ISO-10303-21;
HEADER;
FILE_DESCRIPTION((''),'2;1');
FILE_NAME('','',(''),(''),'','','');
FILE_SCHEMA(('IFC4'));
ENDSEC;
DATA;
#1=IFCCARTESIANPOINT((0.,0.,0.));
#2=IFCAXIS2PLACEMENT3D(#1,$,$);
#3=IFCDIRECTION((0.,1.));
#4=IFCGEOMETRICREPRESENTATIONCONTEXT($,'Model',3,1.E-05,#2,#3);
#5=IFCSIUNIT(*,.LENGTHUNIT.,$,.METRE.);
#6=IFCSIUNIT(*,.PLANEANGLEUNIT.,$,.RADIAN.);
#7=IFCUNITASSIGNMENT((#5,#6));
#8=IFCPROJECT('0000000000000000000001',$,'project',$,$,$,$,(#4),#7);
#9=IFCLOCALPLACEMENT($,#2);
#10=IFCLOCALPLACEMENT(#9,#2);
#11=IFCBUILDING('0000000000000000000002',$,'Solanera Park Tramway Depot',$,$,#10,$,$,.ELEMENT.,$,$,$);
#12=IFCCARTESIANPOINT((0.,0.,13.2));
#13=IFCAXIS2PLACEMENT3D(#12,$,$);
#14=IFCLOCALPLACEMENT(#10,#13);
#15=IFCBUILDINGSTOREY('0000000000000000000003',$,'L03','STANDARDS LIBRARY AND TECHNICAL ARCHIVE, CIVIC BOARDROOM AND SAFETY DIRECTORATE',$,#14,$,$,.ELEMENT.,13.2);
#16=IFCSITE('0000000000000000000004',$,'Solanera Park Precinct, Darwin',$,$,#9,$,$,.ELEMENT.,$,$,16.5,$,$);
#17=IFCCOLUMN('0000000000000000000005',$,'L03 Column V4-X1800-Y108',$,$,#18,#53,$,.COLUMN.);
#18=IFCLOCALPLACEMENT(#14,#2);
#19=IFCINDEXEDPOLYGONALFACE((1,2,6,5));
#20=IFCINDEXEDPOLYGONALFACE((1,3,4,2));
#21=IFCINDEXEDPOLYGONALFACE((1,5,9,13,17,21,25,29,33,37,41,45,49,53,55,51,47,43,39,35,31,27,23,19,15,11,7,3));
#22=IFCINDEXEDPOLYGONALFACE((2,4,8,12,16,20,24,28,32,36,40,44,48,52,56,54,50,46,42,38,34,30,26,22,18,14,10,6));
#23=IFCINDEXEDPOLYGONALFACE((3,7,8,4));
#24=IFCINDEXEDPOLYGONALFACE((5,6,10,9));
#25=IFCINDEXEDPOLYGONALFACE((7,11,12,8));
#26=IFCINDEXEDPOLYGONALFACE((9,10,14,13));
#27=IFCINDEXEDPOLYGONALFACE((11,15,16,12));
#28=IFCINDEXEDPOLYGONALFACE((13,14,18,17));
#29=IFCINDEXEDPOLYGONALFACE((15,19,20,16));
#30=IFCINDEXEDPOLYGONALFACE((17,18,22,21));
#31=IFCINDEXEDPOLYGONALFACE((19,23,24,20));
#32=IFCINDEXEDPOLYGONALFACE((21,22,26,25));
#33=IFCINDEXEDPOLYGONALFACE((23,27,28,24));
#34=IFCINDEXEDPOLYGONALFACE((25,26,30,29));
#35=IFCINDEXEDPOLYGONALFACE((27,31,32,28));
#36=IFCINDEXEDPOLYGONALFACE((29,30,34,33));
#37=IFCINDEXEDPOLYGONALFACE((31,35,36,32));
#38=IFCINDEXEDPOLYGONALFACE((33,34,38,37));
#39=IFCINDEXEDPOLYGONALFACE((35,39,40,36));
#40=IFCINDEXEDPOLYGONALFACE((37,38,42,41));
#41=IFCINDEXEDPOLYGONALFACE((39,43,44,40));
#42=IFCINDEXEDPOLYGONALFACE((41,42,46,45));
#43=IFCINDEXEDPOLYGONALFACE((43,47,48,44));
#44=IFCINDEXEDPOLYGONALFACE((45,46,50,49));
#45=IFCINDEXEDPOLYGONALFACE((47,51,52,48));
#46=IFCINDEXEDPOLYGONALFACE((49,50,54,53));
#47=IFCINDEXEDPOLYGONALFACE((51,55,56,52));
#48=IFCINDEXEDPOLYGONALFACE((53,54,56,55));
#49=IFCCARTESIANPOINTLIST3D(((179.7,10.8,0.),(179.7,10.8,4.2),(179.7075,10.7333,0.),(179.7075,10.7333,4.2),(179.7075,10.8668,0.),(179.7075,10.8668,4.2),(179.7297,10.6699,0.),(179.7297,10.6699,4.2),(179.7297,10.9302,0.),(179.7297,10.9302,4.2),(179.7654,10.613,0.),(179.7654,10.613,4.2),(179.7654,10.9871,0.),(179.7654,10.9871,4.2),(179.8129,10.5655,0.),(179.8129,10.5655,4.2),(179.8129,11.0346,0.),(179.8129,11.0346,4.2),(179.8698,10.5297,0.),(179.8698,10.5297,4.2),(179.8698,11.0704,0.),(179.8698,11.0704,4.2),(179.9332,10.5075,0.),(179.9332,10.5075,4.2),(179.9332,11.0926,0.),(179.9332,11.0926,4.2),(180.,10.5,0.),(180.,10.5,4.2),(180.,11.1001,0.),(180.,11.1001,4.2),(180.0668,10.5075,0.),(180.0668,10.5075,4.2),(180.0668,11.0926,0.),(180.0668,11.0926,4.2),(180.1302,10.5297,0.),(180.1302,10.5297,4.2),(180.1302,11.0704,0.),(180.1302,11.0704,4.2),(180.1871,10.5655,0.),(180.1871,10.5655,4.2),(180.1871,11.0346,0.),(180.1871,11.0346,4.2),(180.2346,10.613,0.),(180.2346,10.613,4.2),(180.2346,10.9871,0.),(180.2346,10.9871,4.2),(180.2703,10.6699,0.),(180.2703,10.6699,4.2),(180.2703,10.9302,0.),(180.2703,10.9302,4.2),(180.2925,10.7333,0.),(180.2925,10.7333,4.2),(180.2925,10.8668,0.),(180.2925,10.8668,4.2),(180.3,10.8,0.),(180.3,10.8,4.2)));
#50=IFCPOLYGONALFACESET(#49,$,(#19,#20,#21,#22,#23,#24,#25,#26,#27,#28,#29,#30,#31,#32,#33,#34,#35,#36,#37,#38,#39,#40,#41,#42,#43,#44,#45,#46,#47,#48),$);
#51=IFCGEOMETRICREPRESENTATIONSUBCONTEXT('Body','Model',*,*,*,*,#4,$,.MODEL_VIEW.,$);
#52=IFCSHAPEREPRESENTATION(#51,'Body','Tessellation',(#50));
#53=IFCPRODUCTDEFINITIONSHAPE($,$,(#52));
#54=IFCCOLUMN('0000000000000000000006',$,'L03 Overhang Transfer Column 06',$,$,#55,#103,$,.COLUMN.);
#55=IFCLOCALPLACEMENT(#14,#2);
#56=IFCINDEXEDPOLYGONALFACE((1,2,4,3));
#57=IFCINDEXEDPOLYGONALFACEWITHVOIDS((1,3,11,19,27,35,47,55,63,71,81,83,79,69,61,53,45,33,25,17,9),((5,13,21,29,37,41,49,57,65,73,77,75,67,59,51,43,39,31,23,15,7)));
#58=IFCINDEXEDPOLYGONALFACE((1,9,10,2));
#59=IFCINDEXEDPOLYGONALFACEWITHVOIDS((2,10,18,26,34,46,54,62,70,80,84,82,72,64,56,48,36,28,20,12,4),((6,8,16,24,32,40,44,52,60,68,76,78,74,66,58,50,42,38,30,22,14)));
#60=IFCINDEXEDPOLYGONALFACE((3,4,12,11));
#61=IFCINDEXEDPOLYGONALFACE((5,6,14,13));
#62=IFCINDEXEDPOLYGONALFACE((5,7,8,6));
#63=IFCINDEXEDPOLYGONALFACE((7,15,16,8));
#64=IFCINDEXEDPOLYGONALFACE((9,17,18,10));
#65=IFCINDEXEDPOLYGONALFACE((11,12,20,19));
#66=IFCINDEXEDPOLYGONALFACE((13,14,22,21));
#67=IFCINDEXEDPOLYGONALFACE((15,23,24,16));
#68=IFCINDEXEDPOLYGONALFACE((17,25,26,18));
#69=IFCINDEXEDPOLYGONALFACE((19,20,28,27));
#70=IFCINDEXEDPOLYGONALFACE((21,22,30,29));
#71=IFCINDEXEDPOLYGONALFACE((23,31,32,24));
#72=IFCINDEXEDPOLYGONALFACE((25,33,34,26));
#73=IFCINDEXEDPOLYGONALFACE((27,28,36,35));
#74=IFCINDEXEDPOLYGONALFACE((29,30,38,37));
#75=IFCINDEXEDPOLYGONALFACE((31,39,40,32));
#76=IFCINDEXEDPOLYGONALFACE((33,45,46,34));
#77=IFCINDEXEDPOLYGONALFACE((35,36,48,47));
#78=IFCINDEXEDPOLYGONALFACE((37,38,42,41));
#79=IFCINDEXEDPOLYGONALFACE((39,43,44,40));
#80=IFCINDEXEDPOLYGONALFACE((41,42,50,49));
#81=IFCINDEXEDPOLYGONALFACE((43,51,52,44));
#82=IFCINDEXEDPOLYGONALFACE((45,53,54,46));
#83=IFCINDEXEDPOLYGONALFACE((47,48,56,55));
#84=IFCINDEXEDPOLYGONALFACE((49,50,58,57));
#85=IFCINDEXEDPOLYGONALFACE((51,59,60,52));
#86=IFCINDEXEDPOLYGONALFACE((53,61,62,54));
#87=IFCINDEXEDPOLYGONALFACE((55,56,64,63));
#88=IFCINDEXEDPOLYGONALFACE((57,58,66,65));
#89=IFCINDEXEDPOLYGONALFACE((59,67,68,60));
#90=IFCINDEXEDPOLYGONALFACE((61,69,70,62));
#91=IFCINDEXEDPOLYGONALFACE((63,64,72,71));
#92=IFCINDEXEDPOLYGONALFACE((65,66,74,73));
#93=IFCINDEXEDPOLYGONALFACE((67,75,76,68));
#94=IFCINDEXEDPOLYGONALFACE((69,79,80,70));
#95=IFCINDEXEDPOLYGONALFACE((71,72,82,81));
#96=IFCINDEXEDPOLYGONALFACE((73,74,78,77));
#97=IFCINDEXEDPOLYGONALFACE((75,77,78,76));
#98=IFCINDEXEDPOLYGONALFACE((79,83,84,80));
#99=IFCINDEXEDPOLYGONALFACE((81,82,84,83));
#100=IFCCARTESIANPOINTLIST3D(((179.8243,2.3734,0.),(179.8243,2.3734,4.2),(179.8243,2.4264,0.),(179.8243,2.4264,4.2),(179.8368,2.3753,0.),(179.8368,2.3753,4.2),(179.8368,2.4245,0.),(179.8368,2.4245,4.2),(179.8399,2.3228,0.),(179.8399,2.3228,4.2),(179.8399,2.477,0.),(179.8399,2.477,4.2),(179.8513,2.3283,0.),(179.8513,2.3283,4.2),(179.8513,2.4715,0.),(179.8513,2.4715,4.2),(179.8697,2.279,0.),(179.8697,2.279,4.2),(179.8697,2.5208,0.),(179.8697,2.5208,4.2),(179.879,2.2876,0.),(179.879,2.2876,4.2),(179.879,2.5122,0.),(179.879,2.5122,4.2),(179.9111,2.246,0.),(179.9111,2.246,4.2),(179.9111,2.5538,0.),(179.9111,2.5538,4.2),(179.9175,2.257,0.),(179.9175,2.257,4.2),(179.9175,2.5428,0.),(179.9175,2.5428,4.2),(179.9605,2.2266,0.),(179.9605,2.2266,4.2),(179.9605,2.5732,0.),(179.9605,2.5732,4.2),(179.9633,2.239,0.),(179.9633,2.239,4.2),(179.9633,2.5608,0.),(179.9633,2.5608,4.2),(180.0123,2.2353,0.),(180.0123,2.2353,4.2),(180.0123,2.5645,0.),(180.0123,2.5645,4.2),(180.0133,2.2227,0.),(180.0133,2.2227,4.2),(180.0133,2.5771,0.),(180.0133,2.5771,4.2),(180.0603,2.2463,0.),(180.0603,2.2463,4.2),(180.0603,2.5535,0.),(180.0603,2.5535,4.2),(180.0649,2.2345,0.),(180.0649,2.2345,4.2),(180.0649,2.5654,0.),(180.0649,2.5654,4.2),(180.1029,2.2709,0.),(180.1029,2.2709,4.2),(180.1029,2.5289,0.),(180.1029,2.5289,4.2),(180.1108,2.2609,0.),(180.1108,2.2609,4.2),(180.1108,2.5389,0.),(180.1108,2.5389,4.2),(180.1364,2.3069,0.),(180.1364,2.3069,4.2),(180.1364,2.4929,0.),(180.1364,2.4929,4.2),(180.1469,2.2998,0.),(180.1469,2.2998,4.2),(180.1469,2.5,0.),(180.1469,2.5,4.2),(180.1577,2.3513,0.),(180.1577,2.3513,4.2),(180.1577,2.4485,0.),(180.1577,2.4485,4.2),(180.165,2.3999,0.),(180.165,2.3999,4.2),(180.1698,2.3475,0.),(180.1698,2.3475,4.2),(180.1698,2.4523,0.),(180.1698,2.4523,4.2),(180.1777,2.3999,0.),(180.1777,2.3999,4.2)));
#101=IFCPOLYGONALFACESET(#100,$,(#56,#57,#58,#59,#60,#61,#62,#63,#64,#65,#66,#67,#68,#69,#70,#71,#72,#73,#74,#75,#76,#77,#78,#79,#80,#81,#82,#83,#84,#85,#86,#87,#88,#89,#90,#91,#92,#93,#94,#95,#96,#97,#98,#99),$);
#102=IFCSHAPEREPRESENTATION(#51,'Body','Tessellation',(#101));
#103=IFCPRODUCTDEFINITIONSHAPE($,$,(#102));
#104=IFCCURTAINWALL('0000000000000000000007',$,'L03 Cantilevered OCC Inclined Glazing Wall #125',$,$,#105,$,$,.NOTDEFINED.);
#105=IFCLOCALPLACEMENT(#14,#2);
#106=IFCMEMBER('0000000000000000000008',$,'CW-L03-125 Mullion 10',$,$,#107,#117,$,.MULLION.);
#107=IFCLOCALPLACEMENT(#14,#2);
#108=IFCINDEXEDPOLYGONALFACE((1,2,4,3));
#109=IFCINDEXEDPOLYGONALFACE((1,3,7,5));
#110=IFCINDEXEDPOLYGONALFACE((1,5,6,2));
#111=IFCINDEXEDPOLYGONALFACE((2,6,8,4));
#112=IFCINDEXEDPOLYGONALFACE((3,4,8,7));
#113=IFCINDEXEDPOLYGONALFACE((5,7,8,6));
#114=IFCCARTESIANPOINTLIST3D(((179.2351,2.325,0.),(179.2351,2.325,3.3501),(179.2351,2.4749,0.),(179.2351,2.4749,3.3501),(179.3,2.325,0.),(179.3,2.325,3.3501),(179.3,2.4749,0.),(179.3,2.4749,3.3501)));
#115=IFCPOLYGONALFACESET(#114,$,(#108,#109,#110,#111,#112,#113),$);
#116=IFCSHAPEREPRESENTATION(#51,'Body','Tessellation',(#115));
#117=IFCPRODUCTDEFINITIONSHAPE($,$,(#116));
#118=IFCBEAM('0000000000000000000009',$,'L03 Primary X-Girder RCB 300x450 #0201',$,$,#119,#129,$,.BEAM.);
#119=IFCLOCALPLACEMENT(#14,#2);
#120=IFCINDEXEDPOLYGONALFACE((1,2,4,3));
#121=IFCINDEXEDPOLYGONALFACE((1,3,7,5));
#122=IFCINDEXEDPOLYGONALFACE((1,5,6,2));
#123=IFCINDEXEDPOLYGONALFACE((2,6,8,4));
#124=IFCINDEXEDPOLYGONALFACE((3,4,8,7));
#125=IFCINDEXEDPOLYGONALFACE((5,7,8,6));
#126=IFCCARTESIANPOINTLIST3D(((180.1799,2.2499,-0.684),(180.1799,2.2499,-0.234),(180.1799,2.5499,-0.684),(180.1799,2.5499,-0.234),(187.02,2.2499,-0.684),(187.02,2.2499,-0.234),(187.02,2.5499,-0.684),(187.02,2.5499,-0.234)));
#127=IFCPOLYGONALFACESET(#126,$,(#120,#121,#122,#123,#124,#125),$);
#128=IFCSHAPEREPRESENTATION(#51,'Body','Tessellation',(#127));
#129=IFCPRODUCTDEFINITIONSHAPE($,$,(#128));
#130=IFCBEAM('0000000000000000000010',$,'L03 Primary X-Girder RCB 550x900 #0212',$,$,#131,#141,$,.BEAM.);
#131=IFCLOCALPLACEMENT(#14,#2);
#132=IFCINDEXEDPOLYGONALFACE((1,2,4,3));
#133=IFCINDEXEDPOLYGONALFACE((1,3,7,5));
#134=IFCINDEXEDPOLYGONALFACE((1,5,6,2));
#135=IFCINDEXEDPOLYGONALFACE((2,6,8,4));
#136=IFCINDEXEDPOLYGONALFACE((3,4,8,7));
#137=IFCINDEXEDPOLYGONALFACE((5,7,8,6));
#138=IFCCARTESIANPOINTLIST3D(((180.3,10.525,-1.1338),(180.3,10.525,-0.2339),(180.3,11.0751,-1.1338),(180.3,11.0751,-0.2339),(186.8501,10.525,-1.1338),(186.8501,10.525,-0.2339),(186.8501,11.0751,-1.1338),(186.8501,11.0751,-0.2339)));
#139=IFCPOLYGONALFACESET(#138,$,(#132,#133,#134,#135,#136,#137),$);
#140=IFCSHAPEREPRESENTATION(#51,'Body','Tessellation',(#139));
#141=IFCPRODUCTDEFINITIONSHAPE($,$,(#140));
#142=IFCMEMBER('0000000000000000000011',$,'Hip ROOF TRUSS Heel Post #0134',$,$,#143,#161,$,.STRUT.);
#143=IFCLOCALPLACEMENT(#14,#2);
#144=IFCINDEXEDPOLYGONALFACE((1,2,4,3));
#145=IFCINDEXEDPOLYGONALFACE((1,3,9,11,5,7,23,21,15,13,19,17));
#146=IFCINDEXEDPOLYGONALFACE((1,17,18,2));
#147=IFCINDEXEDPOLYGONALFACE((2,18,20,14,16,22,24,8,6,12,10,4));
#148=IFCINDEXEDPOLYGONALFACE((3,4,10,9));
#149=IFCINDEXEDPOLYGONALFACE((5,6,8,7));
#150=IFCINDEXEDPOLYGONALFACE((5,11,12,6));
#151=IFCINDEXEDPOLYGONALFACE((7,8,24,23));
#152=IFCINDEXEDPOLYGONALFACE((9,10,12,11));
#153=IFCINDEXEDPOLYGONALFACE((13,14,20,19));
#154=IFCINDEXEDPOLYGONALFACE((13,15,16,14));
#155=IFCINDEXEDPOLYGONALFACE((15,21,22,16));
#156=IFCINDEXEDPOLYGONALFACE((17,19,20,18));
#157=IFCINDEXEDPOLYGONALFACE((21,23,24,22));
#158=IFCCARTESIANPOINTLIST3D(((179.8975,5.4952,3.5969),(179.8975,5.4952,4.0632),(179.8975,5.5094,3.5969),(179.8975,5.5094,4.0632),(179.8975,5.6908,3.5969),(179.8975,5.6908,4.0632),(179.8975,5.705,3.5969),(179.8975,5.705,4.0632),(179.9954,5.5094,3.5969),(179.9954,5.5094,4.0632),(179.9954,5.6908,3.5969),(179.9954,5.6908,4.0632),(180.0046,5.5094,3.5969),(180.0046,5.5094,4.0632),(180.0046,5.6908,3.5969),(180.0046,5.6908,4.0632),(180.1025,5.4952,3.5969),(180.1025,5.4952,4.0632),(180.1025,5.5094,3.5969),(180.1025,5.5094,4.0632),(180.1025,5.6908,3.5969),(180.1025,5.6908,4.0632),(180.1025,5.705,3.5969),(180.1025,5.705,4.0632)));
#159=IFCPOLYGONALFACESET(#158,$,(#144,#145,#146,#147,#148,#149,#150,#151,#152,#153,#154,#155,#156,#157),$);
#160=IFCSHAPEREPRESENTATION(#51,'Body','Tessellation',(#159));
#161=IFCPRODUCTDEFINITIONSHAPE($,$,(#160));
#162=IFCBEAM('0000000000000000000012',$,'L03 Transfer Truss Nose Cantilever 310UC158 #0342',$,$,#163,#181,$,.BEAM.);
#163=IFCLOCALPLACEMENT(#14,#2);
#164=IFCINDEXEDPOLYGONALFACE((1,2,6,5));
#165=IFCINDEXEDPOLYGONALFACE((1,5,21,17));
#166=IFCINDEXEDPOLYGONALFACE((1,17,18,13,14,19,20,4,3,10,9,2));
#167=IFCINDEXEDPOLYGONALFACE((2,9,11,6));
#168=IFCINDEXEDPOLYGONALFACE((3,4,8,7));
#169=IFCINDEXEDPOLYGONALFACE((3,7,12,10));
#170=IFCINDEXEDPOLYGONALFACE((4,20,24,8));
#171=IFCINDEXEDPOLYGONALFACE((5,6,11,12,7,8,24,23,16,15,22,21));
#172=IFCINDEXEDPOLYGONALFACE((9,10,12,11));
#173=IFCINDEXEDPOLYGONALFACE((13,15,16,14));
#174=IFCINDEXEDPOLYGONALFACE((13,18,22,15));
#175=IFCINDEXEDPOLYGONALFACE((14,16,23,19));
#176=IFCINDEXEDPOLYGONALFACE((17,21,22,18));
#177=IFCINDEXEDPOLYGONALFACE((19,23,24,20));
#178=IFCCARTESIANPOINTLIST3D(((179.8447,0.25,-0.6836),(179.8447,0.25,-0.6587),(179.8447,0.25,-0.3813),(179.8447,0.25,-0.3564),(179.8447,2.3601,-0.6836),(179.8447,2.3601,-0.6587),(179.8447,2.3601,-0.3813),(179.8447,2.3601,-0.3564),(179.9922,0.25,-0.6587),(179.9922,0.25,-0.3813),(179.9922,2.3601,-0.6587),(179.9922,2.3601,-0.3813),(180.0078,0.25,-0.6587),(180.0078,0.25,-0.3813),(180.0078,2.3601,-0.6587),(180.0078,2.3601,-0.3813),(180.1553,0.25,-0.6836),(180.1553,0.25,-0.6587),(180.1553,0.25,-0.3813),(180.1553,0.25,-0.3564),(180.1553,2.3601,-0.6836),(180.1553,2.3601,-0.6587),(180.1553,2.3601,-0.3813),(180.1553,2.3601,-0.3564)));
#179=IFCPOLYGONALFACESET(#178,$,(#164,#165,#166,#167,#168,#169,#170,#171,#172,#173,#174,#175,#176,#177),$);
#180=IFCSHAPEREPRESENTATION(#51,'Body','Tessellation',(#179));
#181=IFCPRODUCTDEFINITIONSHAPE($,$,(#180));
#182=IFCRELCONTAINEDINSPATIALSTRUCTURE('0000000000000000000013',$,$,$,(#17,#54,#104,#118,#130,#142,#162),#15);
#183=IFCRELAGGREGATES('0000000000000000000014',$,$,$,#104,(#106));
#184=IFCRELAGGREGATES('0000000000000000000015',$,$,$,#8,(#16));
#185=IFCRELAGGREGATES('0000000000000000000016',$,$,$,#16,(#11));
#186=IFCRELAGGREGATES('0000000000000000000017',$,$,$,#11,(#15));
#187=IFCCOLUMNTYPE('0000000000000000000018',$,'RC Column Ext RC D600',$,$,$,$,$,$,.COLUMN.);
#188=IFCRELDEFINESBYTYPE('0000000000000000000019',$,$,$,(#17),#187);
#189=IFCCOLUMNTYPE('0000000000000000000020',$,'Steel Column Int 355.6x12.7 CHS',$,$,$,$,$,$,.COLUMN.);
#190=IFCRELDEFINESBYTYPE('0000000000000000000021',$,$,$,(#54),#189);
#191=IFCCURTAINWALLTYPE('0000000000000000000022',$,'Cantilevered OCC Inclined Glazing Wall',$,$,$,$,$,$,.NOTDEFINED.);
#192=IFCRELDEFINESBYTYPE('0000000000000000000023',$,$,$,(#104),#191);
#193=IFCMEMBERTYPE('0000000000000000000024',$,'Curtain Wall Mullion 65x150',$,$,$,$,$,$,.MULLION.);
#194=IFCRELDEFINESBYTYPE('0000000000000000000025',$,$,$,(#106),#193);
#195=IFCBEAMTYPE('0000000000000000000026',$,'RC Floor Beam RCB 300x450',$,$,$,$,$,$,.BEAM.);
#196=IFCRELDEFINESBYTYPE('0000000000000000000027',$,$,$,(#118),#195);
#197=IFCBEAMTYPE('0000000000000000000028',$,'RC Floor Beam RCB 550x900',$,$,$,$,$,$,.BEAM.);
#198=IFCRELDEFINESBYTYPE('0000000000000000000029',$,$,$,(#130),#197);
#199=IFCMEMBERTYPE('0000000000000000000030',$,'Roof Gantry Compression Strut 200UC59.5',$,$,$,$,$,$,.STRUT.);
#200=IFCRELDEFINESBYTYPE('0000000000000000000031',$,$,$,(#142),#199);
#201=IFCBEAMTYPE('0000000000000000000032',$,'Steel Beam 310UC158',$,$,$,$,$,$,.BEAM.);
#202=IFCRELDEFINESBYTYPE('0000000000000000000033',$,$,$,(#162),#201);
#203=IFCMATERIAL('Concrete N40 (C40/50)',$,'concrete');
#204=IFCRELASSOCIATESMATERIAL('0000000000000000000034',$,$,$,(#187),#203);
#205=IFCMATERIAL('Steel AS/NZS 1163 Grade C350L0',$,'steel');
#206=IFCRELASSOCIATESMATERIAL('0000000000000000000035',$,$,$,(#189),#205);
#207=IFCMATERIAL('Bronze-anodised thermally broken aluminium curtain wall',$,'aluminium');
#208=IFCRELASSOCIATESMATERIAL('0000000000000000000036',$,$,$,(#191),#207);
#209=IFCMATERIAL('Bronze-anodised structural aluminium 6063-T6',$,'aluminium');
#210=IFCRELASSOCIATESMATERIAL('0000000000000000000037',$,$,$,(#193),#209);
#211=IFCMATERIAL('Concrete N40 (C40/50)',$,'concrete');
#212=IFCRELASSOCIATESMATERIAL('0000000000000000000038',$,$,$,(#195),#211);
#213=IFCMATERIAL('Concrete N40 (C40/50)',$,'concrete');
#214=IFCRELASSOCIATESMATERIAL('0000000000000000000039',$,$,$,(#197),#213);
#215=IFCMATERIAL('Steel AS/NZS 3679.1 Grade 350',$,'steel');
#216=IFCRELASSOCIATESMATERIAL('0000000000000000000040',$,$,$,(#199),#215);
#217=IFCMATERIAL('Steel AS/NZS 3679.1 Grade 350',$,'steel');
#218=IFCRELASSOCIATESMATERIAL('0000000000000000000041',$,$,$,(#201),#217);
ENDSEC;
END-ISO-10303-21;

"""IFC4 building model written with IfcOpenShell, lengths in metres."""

from ifc_helpers import new_model, si_unit, direction, frame, origin, origin_2d, place, context, subcontext, project, spatial, rectangle, circle, hollow_circle, i_section, extrude, material, material_profile, profile_set, type_object, element, aggregate, save


model = new_model("IFC4")

# Units and contexts
model_context = context("Model", 3, precision=1e-05, world=origin(), true_north=direction((0.0, 1.0)))
body_context = subcontext(model_context, "Body", "Model", "MODEL_VIEW")
ifc_project = project(units=[si_unit("LENGTHUNIT", "METRE"), si_unit("PLANEANGLEUNIT", "RADIAN")], contexts=[model_context])

# Site, building, storey
site_placement = place(None, origin())
site = spatial("IfcSite", under=ifc_project, at=site_placement, Name="Solanera Park Precinct, Darwin", CompositionType="ELEMENT", RefElevation=16.5)
building_placement = place(site_placement, origin())
building = spatial("IfcBuilding", under=site, at=building_placement, Name="Solanera Park Tramway Depot", CompositionType="ELEMENT")
storey_placement = place(building_placement, frame((0.0, 0.0, 13.2)))
storey = spatial("IfcBuildingStorey", under=building, at=storey_placement, Name="L03", Description="STANDARDS LIBRARY AND TECHNICAL ARCHIVE, CIVIC BOARDROOM AND SAFETY DIRECTORATE", CompositionType="ELEMENT", Elevation=13.2)

# Columns
ifc_material_1 = material(Name="Concrete N40 (C40/50)", Category="concrete")
ifc_material_profile_1 = material_profile(ifc_material_1, circle(Radius=0.3, at=origin_2d()), Name="RC D600")
ifc_profile_set_1 = profile_set([ifc_material_profile_1], Name="Concrete N40 (C40/50)")
column_type_1 = type_object("IfcColumnType", Name="RC Column Ext RC D600", PredefinedType="COLUMN", material=ifc_profile_set_1)
column_1_placement = place(storey_placement, frame((180.0, 10.8, 0.0), z_axis=(0.0, 0.0, 1.0), x_axis=(1.0, 0.0, 0.0)))
element("IfcColumn", 1, at=column_1_placement, inside=storey, type_object=column_type_1, Name="L03 Column V4-X1800-Y108", PredefinedType="COLUMN", context=body_context, shape_type="SweptSolid", body=[
    extrude(circle(Radius=0.3, at=origin_2d()), origin(), (0.0, 0.0, 1.0), 4.2),
])
ifc_material_2 = material(Name="Steel AS/NZS 1163 Grade C350L0", Category="steel")
ifc_material_profile_2 = material_profile(ifc_material_2, hollow_circle(Radius=0.1777, WallThickness=0.0127, at=origin_2d()), Name="355.6x12.7 CHS")
ifc_profile_set_2 = profile_set([ifc_material_profile_2], Name="Steel AS/NZS 1163 Grade C350L0")
column_type_2 = type_object("IfcColumnType", Name="Steel Column Int 355.6x12.7 CHS", PredefinedType="COLUMN", material=ifc_profile_set_2)
column_2_placement = place(storey_placement, frame((180.0, 2.3999, 0.0), z_axis=(0.0, 0.0, 1.0), x_axis=(1.0, 0.0, 0.0)))
element("IfcColumn", 2, at=column_2_placement, inside=storey, type_object=column_type_2, Name="L03 Overhang Transfer Column 06", PredefinedType="COLUMN", context=body_context, shape_type="SweptSolid", body=[
    extrude(hollow_circle(Radius=0.1777, WallThickness=0.0127, at=origin_2d()), origin(), (0.0, 0.0, 1.0), 4.2),
])

# Curtain wall, member
ifc_material_3 = material(Name="Bronze-anodised thermally broken aluminium curtain wall", Category="aluminium")
curtain_wall_type = type_object("IfcCurtainWallType", Name="Cantilevered OCC Inclined Glazing Wall", PredefinedType="NOTDEFINED", material=ifc_material_3)
curtain_wall_placement = place(storey_placement, origin())
curtain_wall = element("IfcCurtainWall", 3, at=curtain_wall_placement, inside=storey, type_object=curtain_wall_type, Name="L03 Cantilevered OCC Inclined Glazing Wall #125", PredefinedType="NOTDEFINED")
ifc_material_4 = material(Name="Bronze-anodised structural aluminium 6063-T6", Category="aluminium")
ifc_material_profile_3 = material_profile(ifc_material_4, rectangle(XDim=0.0649, YDim=0.1499, at=origin_2d()), Name="Curtain Wall Mullion 65x150")
ifc_profile_set_3 = profile_set([ifc_material_profile_3], Name="Bronze-anodised structural aluminium 6063-T6")
member_type_1 = type_object("IfcMemberType", Name="Curtain Wall Mullion 65x150", PredefinedType="MULLION", material=ifc_profile_set_3)
member_1_placement = place(storey_placement, frame((179.2676, 2.3999, 0.0), z_axis=(0.0, 0.0, 1.0), x_axis=(1.0, 0.0, 0.0)))
member_1 = element("IfcMember", 4, at=member_1_placement, type_object=member_type_1, Name="CW-L03-125 Mullion 10", PredefinedType="MULLION", context=body_context, shape_type="SweptSolid", body=[
    extrude(rectangle(XDim=0.0649, YDim=0.1499, at=origin_2d()), origin(), (0.0, 0.0, 1.0), 3.3501),
])
aggregate(curtain_wall, [member_1])

# Beams
ifc_material_5 = material(Name="Concrete N40 (C40/50)", Category="concrete")
ifc_material_profile_4 = material_profile(ifc_material_5, rectangle(XDim=0.3, YDim=0.45, at=origin_2d()), Name="RCB 300x450")
ifc_profile_set_4 = profile_set([ifc_material_profile_4], Name="Concrete N40 (C40/50)")
beam_type_1 = type_object("IfcBeamType", Name="RC Floor Beam RCB 300x450", PredefinedType="BEAM", material=ifc_profile_set_4)
beam_1_placement = place(storey_placement, frame((180.1799, 2.3999, -0.459), z_axis=(1.0, 0.0, 0.0), x_axis=(0.0, 1.0, 0.0)))
element("IfcBeam", 5, at=beam_1_placement, inside=storey, type_object=beam_type_1, Name="L03 Primary X-Girder RCB 300x450 #0201", PredefinedType="BEAM", context=body_context, shape_type="SweptSolid", body=[
    extrude(rectangle(XDim=0.3, YDim=0.45, at=origin_2d()), origin(), (0.0, 0.0, 1.0), 6.8401),
])
ifc_material_6 = material(Name="Concrete N40 (C40/50)", Category="concrete")
ifc_material_profile_5 = material_profile(ifc_material_6, rectangle(XDim=0.55, YDim=0.8999, at=origin_2d()), Name="RCB 550x900")
ifc_profile_set_5 = profile_set([ifc_material_profile_5], Name="Concrete N40 (C40/50)")
beam_type_2 = type_object("IfcBeamType", Name="RC Floor Beam RCB 550x900", PredefinedType="BEAM", material=ifc_profile_set_5)
beam_2_placement = place(storey_placement, frame((180.3, 10.8, -0.6838), z_axis=(1.0, 0.0, 0.0), x_axis=(0.0, 1.0, 0.0)))
element("IfcBeam", 6, at=beam_2_placement, inside=storey, type_object=beam_type_2, Name="L03 Primary X-Girder RCB 550x900 #0212", PredefinedType="BEAM", context=body_context, shape_type="SweptSolid", body=[
    extrude(rectangle(XDim=0.55, YDim=0.8999, at=origin_2d()), origin(), (0.0, 0.0, 1.0), 6.55),
])

# Member
ifc_material_7 = material(Name="Steel AS/NZS 3679.1 Grade 350", Category="steel")
ifc_material_profile_6 = material_profile(ifc_material_7, i_section(OverallWidth=0.2051, OverallDepth=0.2097, WebThickness=0.0093, FlangeThickness=0.0142, at=origin_2d()), Name="200UC59.5")
ifc_profile_set_6 = profile_set([ifc_material_profile_6], Name="Steel AS/NZS 3679.1 Grade 350")
member_type_2 = type_object("IfcMemberType", Name="Roof Gantry Compression Strut 200UC59.5", PredefinedType="STRUT", material=ifc_profile_set_6)
member_2_placement = place(storey_placement, frame((180.0, 5.6001, 3.5969), z_axis=(0.0, 0.0, 1.0), x_axis=(1.0, 0.0, 0.0)))
element("IfcMember", 7, at=member_2_placement, inside=storey, type_object=member_type_2, Name="Hip ROOF TRUSS Heel Post #0134", PredefinedType="STRUT", context=body_context, shape_type="SweptSolid", body=[
    extrude(i_section(OverallWidth=0.2051, OverallDepth=0.2097, WebThickness=0.0093, FlangeThickness=0.0142, at=origin_2d()), origin(), (0.0, 0.0, 1.0), 0.4663),
])

# Beam
ifc_material_8 = material(Name="Steel AS/NZS 3679.1 Grade 350", Category="steel")
ifc_material_profile_7 = material_profile(ifc_material_8, i_section(OverallWidth=0.3105, OverallDepth=0.3271, WebThickness=0.0156, FlangeThickness=0.0249, at=origin_2d()), Name="310UC158")
ifc_profile_set_7 = profile_set([ifc_material_profile_7], Name="Steel AS/NZS 3679.1 Grade 350")
beam_type_3 = type_object("IfcBeamType", Name="Steel Beam 310UC158", PredefinedType="BEAM", material=ifc_profile_set_7)
beam_3_placement = place(storey_placement, frame((180.0, 0.25, -0.52), z_axis=(0.0, 1.0, 0.0), x_axis=(-1.0, 0.0, 0.0)))
element("IfcBeam", 8, at=beam_3_placement, inside=storey, type_object=beam_type_3, Name="L03 Transfer Truss Nose Cantilever 310UC158 #0342", PredefinedType="BEAM", context=body_context, shape_type="SweptSolid", body=[
    extrude(i_section(OverallWidth=0.3105, OverallDepth=0.3271, WebThickness=0.0156, FlangeThickness=0.0249, at=origin_2d()), origin(), (0.0, 0.0, 1.0), 2.1101),
])

save(model, "model.ifc")
